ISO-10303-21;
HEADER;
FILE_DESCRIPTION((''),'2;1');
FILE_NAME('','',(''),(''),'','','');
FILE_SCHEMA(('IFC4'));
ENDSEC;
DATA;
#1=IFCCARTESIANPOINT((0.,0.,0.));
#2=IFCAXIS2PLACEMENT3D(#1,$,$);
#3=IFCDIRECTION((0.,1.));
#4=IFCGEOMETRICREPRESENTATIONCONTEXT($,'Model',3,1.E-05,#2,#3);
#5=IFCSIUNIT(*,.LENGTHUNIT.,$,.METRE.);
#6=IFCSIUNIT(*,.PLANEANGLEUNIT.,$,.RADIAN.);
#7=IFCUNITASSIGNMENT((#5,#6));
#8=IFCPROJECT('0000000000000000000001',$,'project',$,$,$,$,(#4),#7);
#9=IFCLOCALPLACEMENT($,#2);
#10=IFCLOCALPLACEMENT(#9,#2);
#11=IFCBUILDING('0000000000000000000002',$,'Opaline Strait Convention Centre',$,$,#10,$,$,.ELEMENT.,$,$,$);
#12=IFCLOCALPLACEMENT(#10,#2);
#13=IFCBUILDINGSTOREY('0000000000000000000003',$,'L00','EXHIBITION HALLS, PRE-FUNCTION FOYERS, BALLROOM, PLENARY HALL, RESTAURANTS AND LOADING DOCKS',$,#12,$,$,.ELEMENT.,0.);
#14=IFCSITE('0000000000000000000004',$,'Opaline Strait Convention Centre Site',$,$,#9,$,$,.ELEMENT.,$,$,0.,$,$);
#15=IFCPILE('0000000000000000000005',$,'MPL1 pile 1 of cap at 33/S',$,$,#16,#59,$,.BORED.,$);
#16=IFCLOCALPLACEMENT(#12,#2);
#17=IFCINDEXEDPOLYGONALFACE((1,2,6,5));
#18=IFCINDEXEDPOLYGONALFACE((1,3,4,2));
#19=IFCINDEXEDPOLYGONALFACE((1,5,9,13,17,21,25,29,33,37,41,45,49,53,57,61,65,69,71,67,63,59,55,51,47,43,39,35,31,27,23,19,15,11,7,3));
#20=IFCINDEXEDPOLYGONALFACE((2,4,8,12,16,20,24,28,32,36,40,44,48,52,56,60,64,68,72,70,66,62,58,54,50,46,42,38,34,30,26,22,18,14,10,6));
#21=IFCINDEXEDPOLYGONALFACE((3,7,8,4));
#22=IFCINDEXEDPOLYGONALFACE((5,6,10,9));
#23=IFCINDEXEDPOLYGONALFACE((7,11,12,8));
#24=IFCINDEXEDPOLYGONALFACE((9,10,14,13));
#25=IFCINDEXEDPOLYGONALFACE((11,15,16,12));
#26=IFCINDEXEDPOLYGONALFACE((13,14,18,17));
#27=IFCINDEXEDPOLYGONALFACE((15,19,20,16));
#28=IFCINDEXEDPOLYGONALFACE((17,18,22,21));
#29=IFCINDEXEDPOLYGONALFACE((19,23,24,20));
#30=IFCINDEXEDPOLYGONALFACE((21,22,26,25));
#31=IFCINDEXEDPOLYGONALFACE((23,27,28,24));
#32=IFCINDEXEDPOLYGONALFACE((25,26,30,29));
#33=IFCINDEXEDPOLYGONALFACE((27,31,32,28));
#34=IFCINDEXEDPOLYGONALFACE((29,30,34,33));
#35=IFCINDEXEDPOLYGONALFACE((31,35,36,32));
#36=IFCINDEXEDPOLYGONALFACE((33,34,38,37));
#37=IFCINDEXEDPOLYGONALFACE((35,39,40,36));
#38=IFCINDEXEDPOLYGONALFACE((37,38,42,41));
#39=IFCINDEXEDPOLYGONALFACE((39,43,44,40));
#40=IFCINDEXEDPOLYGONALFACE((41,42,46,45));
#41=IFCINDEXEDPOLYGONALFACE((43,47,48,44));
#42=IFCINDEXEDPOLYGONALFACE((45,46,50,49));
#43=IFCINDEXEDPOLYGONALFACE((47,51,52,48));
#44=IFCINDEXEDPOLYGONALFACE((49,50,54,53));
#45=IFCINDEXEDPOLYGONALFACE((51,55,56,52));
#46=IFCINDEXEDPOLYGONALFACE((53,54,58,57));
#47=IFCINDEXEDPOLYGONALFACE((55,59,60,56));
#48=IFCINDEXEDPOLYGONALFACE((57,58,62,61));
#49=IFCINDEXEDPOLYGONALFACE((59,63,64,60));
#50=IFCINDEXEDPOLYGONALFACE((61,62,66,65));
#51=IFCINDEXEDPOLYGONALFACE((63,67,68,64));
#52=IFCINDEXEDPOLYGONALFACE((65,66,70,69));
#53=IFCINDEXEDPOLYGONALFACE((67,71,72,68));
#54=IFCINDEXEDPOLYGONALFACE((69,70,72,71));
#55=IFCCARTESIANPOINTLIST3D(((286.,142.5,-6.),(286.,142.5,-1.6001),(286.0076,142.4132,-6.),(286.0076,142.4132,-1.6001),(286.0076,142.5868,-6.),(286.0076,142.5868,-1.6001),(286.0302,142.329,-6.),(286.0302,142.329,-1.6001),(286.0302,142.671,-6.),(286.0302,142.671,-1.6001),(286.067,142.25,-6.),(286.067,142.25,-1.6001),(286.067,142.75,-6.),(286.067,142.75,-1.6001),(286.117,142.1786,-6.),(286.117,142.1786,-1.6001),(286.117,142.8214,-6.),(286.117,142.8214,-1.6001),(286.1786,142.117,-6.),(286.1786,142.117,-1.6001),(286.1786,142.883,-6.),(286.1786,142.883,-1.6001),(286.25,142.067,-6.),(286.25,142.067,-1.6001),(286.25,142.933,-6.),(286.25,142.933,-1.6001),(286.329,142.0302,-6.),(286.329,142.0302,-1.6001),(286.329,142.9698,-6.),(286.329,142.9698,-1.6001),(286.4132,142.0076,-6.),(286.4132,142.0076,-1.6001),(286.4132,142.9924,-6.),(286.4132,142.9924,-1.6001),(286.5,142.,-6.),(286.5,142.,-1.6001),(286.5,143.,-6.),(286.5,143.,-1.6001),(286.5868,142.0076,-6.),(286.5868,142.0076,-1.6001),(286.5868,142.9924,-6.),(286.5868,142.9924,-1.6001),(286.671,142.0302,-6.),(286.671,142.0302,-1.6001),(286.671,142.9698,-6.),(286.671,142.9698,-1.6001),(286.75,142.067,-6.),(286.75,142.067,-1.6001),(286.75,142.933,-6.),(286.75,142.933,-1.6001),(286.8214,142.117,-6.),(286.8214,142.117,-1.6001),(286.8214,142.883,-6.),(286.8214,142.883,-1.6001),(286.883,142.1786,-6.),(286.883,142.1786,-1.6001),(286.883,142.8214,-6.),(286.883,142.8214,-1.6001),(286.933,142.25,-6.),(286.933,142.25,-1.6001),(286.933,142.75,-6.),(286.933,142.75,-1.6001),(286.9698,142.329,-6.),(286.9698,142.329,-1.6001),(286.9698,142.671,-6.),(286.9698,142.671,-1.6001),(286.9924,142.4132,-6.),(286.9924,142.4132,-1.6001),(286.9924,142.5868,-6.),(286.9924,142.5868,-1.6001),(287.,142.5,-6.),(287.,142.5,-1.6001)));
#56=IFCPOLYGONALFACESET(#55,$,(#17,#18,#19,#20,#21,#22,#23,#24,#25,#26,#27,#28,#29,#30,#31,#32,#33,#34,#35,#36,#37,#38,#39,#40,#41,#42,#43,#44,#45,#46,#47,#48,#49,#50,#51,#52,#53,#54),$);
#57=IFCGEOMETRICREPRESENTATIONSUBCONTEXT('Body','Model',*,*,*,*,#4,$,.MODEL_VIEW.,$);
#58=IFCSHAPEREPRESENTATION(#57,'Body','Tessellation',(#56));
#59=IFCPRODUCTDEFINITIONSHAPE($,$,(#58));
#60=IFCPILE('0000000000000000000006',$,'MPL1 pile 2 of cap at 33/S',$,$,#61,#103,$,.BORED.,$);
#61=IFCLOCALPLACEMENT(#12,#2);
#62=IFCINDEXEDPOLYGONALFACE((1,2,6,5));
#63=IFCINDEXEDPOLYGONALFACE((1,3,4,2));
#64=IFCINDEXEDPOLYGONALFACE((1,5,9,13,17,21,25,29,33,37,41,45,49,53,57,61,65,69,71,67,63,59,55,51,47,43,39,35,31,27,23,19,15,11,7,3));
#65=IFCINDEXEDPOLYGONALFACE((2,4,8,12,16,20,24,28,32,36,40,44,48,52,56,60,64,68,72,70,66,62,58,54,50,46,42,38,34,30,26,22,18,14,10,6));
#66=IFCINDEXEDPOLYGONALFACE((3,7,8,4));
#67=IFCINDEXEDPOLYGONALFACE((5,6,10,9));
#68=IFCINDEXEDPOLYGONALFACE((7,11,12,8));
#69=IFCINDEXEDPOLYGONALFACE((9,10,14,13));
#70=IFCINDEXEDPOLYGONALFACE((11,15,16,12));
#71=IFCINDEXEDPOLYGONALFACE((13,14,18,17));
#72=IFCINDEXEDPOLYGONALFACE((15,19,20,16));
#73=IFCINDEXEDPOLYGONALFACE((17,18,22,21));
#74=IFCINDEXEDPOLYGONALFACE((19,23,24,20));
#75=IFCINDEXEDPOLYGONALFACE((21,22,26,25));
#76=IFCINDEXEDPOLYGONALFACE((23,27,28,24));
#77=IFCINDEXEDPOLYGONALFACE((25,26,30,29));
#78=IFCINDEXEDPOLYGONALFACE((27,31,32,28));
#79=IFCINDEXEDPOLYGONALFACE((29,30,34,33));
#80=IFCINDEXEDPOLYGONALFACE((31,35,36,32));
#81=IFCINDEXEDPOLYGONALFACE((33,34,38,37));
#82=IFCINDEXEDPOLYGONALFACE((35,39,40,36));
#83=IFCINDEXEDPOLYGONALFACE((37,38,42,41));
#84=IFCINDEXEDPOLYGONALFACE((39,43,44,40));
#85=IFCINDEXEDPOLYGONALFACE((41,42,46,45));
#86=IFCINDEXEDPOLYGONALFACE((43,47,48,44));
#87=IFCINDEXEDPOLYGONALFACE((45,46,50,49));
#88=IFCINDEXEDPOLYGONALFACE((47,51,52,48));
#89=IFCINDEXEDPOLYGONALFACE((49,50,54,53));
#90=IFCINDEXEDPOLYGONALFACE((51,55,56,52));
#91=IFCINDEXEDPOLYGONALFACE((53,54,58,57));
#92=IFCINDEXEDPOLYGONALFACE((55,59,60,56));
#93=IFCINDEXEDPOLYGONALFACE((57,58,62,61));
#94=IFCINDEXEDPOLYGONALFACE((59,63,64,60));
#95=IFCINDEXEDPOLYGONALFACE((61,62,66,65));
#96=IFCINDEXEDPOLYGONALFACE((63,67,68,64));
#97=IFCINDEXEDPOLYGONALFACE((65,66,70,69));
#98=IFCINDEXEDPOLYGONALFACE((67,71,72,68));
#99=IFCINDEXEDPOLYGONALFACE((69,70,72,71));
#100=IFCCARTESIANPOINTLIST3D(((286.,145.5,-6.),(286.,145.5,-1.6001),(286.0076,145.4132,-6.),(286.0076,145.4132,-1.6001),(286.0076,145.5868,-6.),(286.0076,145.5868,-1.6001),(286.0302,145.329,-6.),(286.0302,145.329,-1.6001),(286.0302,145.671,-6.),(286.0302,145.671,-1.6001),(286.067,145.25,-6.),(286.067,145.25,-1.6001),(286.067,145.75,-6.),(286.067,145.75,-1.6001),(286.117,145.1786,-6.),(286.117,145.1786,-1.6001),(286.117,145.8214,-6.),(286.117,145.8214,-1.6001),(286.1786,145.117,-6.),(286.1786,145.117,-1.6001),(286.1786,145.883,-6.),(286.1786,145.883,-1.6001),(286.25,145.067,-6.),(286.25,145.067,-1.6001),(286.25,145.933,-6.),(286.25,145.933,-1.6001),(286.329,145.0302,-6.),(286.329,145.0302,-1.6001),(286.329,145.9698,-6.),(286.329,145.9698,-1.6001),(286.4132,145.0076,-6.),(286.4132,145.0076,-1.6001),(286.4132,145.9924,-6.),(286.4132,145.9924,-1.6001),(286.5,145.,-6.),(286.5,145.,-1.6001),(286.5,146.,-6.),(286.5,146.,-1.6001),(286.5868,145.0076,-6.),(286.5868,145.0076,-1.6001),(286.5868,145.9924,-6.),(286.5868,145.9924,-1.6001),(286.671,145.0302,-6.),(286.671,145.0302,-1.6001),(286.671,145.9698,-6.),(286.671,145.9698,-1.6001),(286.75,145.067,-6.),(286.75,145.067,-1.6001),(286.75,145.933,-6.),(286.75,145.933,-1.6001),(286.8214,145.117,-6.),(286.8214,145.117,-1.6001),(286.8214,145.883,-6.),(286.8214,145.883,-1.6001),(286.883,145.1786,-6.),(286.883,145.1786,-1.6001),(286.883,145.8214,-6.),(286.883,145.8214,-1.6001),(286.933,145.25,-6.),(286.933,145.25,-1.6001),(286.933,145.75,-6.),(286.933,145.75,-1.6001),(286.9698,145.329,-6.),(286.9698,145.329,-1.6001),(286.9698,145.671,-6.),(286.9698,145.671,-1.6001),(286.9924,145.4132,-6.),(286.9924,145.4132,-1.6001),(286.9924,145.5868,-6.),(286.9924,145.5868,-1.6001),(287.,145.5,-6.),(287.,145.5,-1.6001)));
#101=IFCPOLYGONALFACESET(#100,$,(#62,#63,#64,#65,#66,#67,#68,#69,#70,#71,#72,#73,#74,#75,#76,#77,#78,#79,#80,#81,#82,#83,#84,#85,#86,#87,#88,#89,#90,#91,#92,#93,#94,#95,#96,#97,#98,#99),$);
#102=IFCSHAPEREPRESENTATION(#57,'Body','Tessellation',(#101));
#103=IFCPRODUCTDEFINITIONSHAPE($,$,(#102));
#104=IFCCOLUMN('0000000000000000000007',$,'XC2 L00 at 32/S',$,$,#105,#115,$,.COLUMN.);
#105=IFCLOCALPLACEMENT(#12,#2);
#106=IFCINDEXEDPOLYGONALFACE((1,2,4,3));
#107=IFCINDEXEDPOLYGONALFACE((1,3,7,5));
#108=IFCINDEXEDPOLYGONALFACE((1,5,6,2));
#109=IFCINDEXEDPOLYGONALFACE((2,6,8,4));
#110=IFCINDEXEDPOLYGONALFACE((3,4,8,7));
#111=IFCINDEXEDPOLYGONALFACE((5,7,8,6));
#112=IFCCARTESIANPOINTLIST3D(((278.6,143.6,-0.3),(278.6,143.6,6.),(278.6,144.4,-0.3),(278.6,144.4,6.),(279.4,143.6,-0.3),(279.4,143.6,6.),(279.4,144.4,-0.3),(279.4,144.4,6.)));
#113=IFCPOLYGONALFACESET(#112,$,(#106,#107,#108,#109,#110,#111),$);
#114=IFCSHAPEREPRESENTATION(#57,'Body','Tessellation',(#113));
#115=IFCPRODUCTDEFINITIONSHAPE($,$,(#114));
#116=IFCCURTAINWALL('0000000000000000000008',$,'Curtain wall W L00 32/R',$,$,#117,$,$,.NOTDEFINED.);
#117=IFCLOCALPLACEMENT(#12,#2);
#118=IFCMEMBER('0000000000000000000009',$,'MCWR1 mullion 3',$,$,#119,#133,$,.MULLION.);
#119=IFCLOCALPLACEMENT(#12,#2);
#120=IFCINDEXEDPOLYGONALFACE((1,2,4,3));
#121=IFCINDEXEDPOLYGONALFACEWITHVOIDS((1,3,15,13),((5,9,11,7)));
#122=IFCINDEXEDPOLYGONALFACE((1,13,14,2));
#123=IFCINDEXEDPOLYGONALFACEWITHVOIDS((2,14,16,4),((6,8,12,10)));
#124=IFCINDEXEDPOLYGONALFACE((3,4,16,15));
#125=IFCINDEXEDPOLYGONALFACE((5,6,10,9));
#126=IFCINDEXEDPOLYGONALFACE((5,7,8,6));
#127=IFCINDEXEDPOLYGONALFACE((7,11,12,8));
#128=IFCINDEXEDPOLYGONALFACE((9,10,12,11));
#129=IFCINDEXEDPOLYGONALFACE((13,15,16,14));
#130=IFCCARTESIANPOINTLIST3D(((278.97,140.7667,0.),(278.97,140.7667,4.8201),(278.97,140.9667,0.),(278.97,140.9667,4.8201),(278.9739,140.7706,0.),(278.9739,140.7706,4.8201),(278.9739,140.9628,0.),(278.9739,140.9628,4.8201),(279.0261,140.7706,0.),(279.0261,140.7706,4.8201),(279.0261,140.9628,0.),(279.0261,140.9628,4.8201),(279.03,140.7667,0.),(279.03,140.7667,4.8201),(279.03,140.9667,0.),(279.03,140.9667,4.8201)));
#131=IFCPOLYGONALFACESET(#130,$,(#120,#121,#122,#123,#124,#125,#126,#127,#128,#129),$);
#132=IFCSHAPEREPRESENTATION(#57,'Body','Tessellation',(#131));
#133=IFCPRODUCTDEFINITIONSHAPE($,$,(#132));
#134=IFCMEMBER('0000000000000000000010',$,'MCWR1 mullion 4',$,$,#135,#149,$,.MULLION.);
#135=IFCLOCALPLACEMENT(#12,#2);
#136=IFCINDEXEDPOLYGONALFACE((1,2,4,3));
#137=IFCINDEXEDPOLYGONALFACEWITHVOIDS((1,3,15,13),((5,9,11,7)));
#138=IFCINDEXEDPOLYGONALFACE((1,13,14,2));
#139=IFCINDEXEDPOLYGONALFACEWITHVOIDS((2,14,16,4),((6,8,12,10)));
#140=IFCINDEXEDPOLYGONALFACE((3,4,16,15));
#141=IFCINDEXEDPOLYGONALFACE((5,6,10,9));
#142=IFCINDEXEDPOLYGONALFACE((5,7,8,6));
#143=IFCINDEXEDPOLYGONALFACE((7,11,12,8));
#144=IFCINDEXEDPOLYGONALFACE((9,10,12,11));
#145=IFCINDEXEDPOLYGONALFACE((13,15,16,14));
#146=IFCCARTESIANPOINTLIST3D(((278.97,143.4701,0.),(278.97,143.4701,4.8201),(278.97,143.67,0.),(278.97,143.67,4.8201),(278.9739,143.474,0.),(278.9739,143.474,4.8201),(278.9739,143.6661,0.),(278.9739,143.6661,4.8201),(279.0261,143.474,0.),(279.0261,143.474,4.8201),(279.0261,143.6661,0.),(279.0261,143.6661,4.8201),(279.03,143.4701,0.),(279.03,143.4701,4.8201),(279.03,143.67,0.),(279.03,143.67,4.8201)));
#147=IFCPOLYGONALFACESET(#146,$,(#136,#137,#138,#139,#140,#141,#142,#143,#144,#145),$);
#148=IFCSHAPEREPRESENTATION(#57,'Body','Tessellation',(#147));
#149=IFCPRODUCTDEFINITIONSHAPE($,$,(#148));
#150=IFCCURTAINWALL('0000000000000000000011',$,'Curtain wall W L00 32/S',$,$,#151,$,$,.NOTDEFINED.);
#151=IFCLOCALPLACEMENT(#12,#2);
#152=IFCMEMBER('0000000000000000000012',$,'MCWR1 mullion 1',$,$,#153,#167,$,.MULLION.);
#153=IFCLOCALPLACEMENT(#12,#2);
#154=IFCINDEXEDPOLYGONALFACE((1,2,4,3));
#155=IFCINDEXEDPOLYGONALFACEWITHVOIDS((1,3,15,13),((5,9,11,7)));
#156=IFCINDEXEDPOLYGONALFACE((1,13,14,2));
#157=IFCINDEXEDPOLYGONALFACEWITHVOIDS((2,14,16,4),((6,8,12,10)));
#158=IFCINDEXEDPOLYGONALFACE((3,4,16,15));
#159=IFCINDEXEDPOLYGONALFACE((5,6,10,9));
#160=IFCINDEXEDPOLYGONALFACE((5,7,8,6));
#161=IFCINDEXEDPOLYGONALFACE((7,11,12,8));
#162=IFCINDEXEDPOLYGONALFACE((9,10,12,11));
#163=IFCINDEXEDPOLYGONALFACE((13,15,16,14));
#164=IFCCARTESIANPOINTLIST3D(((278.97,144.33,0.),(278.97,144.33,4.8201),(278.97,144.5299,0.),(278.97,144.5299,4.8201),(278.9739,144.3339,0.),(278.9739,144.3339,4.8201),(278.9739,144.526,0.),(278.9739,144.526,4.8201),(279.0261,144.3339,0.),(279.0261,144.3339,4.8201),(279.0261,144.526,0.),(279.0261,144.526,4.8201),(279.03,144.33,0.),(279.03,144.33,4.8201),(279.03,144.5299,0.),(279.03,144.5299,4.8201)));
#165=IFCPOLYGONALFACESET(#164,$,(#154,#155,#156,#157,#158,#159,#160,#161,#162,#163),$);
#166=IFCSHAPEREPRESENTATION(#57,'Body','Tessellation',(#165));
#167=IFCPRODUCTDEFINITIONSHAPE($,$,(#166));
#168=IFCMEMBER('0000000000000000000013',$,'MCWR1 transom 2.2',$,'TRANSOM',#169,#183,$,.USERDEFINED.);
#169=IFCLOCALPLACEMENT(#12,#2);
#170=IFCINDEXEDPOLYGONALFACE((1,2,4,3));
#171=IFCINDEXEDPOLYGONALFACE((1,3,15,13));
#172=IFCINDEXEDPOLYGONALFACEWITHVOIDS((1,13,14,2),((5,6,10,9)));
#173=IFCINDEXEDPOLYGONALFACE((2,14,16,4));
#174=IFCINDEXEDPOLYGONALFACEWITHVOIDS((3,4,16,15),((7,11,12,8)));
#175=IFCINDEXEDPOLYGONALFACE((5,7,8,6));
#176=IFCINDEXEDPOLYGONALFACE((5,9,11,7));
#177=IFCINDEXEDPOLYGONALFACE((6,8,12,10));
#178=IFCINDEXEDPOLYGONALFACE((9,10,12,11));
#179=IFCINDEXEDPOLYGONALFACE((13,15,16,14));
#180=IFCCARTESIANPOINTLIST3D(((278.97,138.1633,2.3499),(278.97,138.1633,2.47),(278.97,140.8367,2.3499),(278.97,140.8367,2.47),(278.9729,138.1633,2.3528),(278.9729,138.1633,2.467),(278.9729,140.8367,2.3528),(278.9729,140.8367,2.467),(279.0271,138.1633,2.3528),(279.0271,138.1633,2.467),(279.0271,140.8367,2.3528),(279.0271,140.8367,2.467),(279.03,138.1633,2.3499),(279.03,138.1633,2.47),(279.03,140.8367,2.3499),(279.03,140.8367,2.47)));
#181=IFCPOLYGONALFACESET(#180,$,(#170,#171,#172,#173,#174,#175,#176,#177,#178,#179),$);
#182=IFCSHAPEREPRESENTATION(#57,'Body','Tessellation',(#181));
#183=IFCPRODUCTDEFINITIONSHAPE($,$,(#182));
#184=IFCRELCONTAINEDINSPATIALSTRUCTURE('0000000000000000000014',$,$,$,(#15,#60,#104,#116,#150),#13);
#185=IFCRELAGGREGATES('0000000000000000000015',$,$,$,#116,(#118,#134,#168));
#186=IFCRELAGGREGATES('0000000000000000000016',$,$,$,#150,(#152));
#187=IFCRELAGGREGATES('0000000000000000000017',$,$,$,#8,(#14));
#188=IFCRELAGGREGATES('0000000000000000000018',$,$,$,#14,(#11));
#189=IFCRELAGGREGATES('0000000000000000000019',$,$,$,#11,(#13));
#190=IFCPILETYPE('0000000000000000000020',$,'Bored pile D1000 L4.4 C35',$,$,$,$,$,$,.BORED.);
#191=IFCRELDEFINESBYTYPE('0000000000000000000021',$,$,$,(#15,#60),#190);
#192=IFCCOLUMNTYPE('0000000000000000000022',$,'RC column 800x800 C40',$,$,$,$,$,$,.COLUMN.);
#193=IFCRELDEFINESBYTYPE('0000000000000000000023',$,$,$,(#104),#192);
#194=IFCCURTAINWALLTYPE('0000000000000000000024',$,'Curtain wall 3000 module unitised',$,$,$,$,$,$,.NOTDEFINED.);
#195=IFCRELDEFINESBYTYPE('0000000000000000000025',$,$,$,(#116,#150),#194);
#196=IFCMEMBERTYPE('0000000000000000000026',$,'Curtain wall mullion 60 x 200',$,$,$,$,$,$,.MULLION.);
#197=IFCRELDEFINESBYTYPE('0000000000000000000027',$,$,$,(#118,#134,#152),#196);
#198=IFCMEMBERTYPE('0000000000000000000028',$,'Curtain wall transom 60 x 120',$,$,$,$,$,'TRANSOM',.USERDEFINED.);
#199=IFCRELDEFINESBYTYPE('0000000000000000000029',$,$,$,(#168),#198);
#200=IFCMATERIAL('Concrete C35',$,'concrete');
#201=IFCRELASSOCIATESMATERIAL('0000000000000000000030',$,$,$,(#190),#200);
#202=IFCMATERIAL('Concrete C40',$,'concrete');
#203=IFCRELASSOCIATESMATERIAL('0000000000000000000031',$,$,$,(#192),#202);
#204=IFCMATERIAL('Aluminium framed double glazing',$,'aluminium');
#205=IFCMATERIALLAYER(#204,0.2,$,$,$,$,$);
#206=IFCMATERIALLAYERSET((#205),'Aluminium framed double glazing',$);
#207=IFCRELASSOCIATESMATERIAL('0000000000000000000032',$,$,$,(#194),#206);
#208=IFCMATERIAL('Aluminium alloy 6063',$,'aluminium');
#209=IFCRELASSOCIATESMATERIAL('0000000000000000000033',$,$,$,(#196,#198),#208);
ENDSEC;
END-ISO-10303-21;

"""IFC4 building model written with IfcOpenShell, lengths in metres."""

from ifc_helpers import new_model, si_unit, direction, frame, origin, origin_2d, place, context, subcontext, project, spatial, rectangle, hollow_rectangle, circle, extrude, material, layer, layer_set, material_profile, profile_set, type_object, element, aggregate, save


model = new_model("IFC4")

# Units and contexts
model_context = context("Model", 3, precision=1e-05, world=origin(), true_north=direction((0.0, 1.0)))
body_context = subcontext(model_context, "Body", "Model", "MODEL_VIEW")
ifc_project = project(units=[si_unit("LENGTHUNIT", "METRE"), si_unit("PLANEANGLEUNIT", "RADIAN")], contexts=[model_context])

# Site, building, storey
site_placement = place(None, origin())
site = spatial("IfcSite", under=ifc_project, at=site_placement, Name="Opaline Strait Convention Centre Site", CompositionType="ELEMENT", RefElevation=0.0)
building_placement = place(site_placement, origin())
building = spatial("IfcBuilding", under=site, at=building_placement, Name="Opaline Strait Convention Centre", CompositionType="ELEMENT")
storey_placement = place(building_placement, origin())
storey = spatial("IfcBuildingStorey", under=building, at=storey_placement, Name="L00", Description="EXHIBITION HALLS, PRE-FUNCTION FOYERS, BALLROOM, PLENARY HALL, RESTAURANTS AND LOADING DOCKS", CompositionType="ELEMENT", Elevation=0.0)

# Piles
ifc_material_1 = material(Name="Concrete C35", Category="concrete")
ifc_material_profile_1 = material_profile(ifc_material_1, circle(Radius=0.5, at=origin_2d()), Name="D1000")
ifc_profile_set_1 = profile_set([ifc_material_profile_1], Name="Concrete C35")
pile_type = type_object("IfcPileType", Name="Bored pile D1000 L4.4 C35", PredefinedType="BORED", material=ifc_profile_set_1)
for number, where, z_axis, x_axis, name in (
    (1, (286.5, 142.5, -1.6001), (0.0, 0.0, -1.0), (1.0, 0.0, 0.0), "MPL1 pile 1 of cap at 33/S"),
    (2, (286.5, 145.5, -1.6001), (0.0, 0.0, -1.0), (1.0, 0.0, 0.0), "MPL1 pile 2 of cap at 33/S"),
):
    element("IfcPile", number, at=place(storey_placement, frame(where, z_axis=z_axis, x_axis=x_axis)), inside=storey, type_object=pile_type, Name=name, PredefinedType="BORED", context=body_context, shape_type="SweptSolid", body=[
        extrude(circle(Radius=0.5, at=origin_2d()), origin(), (0.0, 0.0, 1.0), 4.3999),
    ])

# Column
ifc_material_2 = material(Name="Concrete C40", Category="concrete")
ifc_material_profile_2 = material_profile(ifc_material_2, rectangle(XDim=0.8, YDim=0.8, at=origin_2d()), Name="RC 800x800")
ifc_profile_set_2 = profile_set([ifc_material_profile_2], Name="Concrete C40")
column_type = type_object("IfcColumnType", Name="RC column 800x800 C40", PredefinedType="COLUMN", material=ifc_profile_set_2)
column_placement = place(storey_placement, frame((279.0, 144.0, -0.3), z_axis=(0.0, 0.0, 1.0), x_axis=(1.0, 0.0, 0.0)))
element("IfcColumn", 3, at=column_placement, inside=storey, type_object=column_type, Name="XC2 L00 at 32/S", PredefinedType="COLUMN", context=body_context, shape_type="SweptSolid", body=[
    extrude(rectangle(XDim=0.8, YDim=0.8, at=origin_2d()), origin(), (0.0, 0.0, 1.0), 6.3),
])

# Curtain wall, members
ifc_material_3 = material(Name="Aluminium framed double glazing", Category="aluminium")
ifc_layer_1 = layer(ifc_material_3, 0.2)
ifc_layer_set_1 = layer_set([ifc_layer_1], Name="Aluminium framed double glazing")
curtain_wall_type = type_object("IfcCurtainWallType", Name="Curtain wall 3000 module unitised", PredefinedType="NOTDEFINED", material=ifc_layer_set_1)
curtain_wall_1_placement = place(storey_placement, origin())
curtain_wall_1 = element("IfcCurtainWall", 4, at=curtain_wall_1_placement, inside=storey, type_object=curtain_wall_type, Name="Curtain wall W L00 32/R", PredefinedType="NOTDEFINED")
ifc_material_4 = material(Name="Aluminium alloy 6063", Category="aluminium")
ifc_material_profile_3 = material_profile(ifc_material_4, hollow_rectangle(XDim=0.0601, YDim=0.2, WallThickness=0.0039, at=origin_2d()), Name="MULLION 60x200x4")
ifc_profile_set_3 = profile_set([ifc_material_profile_3], Name="Aluminium alloy 6063")
member_type_1 = type_object("IfcMemberType", Name="Curtain wall mullion 60 x 200", PredefinedType="MULLION", material=ifc_profile_set_3)
member_1_placement = place(storey_placement, frame((279.0, 140.8667, 0.0), z_axis=(0.0, 0.0, 1.0), x_axis=(-1.0, 0.0, 0.0)))
member_1 = element("IfcMember", 5, at=member_1_placement, type_object=member_type_1, Name="MCWR1 mullion 3", PredefinedType="MULLION", context=body_context, shape_type="SweptSolid", body=[
    extrude(hollow_rectangle(XDim=0.0601, YDim=0.2, WallThickness=0.0039, at=origin_2d()), origin(), (0.0, 0.0, 1.0), 4.8201),
])
member_2_placement = place(storey_placement, frame((279.0, 143.5701, 0.0), z_axis=(0.0, 0.0, 1.0), x_axis=(-1.0, 0.0, 0.0)))
member_2 = element("IfcMember", 6, at=member_2_placement, type_object=member_type_1, Name="MCWR1 mullion 4", PredefinedType="MULLION", context=body_context, shape_type="SweptSolid", body=[
    extrude(hollow_rectangle(XDim=0.0601, YDim=0.2, WallThickness=0.0039, at=origin_2d()), origin(), (0.0, 0.0, 1.0), 4.8201),
])

# Curtain wall, member
curtain_wall_2_placement = place(storey_placement, origin())
curtain_wall_2 = element("IfcCurtainWall", 7, at=curtain_wall_2_placement, inside=storey, type_object=curtain_wall_type, Name="Curtain wall W L00 32/S", PredefinedType="NOTDEFINED")
member_3_placement = place(storey_placement, frame((279.0, 144.4299, 0.0), z_axis=(0.0, 0.0, 1.0), x_axis=(-1.0, 0.0, 0.0)))
member_3 = element("IfcMember", 8, at=member_3_placement, type_object=member_type_1, Name="MCWR1 mullion 1", PredefinedType="MULLION", context=body_context, shape_type="SweptSolid", body=[
    extrude(hollow_rectangle(XDim=0.0601, YDim=0.2, WallThickness=0.0039, at=origin_2d()), origin(), (0.0, 0.0, 1.0), 4.8201),
])

# Member
ifc_material_profile_4 = material_profile(ifc_material_4, hollow_rectangle(XDim=0.0601, YDim=0.1201, WallThickness=0.0029, at=origin_2d()), Name="TRANSOM 60x120x3")
ifc_profile_set_4 = profile_set([ifc_material_profile_4], Name="Aluminium alloy 6063")
member_type_2 = type_object("IfcMemberType", Name="Curtain wall transom 60 x 120", ElementType="TRANSOM", PredefinedType="USERDEFINED", material=ifc_profile_set_4)
member_4_placement = place(storey_placement, frame((279.0, 138.1633, 2.4099), z_axis=(0.0, 1.0, 0.0), x_axis=(-1.0, 0.0, 0.0)))
member_4 = element("IfcMember", 9, at=member_4_placement, type_object=member_type_2, Name="MCWR1 transom 2.2", ObjectType="TRANSOM", PredefinedType="USERDEFINED", context=body_context, shape_type="SweptSolid", body=[
    extrude(hollow_rectangle(XDim=0.0601, YDim=0.1201, WallThickness=0.0029, at=origin_2d()), origin(), (0.0, 0.0, 1.0), 2.6733),
])

aggregate(curtain_wall_1, [member_1, member_2, member_4])
aggregate(curtain_wall_2, [member_3])

save(model, "model.ifc")
